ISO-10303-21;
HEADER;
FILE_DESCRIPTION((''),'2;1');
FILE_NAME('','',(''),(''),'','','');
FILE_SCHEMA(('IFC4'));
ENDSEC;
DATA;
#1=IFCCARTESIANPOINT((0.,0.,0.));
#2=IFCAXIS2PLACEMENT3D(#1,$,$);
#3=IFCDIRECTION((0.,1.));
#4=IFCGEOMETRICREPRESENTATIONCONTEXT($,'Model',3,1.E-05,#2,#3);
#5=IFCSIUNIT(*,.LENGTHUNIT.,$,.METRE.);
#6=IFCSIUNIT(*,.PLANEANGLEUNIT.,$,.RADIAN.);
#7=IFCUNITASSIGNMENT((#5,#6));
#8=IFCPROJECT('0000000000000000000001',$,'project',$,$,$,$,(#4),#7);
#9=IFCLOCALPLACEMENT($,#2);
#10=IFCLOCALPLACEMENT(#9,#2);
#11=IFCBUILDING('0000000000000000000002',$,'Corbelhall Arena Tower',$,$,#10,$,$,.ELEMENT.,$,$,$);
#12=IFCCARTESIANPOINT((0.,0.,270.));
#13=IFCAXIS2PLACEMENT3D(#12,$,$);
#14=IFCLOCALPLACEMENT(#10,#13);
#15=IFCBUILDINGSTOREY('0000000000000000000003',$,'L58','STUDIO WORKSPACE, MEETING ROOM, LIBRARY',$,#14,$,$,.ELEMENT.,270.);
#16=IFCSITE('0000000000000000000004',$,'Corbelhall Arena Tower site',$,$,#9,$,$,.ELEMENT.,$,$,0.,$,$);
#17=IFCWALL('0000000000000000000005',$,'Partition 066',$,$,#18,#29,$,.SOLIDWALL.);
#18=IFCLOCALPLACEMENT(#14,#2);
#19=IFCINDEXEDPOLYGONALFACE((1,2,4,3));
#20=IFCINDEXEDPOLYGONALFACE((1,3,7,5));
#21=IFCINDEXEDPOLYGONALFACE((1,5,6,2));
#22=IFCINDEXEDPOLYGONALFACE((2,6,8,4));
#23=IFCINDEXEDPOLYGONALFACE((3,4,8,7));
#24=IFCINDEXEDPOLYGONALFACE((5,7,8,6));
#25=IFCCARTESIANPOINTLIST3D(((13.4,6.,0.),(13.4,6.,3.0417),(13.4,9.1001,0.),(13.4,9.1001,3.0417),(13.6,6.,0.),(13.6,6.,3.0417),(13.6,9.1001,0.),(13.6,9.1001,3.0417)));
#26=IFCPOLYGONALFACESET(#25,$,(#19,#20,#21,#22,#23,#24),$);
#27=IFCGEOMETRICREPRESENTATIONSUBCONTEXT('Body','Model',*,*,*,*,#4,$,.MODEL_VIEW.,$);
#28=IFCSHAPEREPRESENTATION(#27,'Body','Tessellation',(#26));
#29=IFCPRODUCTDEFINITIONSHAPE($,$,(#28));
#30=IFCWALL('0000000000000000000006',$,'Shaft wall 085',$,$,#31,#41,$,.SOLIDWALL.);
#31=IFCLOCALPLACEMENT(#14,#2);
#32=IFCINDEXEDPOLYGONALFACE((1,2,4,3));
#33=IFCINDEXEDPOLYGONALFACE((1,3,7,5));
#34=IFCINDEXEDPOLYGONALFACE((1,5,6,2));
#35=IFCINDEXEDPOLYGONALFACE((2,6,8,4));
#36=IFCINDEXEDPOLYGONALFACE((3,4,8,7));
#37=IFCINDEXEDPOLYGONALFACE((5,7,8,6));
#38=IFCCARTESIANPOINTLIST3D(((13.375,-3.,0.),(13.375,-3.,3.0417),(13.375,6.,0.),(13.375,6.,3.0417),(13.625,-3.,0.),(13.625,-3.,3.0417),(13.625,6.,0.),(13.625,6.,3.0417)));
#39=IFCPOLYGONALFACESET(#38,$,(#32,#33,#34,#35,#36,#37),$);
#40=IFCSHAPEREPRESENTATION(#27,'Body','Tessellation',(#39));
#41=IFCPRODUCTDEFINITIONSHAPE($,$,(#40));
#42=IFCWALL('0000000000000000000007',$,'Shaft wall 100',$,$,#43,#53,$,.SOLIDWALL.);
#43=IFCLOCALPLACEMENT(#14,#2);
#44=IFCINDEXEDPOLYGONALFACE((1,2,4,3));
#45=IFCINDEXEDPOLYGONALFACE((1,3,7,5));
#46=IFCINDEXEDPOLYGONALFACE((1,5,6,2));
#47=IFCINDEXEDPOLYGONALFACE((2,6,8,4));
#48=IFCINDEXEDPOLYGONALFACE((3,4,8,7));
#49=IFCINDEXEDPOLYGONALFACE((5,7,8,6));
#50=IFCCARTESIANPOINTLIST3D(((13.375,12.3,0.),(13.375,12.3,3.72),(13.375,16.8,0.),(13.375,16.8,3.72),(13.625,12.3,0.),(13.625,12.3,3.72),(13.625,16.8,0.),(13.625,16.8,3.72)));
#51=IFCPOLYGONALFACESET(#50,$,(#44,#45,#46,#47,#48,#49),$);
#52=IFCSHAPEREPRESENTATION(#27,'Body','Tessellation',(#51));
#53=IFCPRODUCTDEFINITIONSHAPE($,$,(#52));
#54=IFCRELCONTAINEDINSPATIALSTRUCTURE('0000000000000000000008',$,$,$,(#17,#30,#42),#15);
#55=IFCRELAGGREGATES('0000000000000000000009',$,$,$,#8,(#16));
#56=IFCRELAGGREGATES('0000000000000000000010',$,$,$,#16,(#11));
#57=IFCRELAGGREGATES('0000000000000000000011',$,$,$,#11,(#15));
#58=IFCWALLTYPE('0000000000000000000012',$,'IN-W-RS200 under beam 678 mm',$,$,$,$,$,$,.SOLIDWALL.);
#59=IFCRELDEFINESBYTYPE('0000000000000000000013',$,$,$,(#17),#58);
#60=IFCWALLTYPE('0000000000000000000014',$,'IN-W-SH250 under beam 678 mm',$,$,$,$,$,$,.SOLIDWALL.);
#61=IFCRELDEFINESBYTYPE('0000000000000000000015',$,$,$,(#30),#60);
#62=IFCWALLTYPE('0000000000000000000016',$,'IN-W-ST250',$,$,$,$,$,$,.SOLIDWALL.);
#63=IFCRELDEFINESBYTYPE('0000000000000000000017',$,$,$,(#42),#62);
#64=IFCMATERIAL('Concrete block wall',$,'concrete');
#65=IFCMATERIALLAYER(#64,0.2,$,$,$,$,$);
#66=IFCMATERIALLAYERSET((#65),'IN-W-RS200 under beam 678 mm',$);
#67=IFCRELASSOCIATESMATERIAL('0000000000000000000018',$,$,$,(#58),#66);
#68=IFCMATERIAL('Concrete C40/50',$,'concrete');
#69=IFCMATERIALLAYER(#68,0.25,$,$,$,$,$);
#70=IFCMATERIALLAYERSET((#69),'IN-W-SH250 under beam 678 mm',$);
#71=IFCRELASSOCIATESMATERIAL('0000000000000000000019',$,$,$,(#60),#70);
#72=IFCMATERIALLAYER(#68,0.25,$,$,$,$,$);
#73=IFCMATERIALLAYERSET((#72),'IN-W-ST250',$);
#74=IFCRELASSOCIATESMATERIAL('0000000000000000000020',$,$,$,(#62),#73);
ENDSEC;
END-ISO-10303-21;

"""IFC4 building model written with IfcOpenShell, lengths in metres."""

from ifc_helpers import new_model, si_unit, direction, frame, frame_2d, origin, place, context, subcontext, project, spatial, rectangle, extrude, material, layer, layer_set, type_object, element, save


model = new_model("IFC4")

# Units and contexts
model_context = context("Model", 3, precision=1e-05, world=origin(), true_north=direction((0.0, 1.0)))
body_context = subcontext(model_context, "Body", "Model", "MODEL_VIEW")
ifc_project = project(units=[si_unit("LENGTHUNIT", "METRE"), si_unit("PLANEANGLEUNIT", "RADIAN")], contexts=[model_context])

# Site, building, storey
site_placement = place(None, origin())
site = spatial("IfcSite", under=ifc_project, at=site_placement, Name="Corbelhall Arena Tower site", CompositionType="ELEMENT", RefElevation=0.0)
building_placement = place(site_placement, origin())
building = spatial("IfcBuilding", under=site, at=building_placement, Name="Corbelhall Arena Tower", CompositionType="ELEMENT")
storey_placement = place(building_placement, frame((0.0, 0.0, 270.0)))
storey = spatial("IfcBuildingStorey", under=building, at=storey_placement, Name="L58", Description="STUDIO WORKSPACE, MEETING ROOM, LIBRARY", CompositionType="ELEMENT", Elevation=270.0)

# Walls
ifc_material_1 = material(Name="Concrete block wall", Category="concrete")
ifc_layer_1 = layer(ifc_material_1, 0.2)
ifc_layer_set_1 = layer_set([ifc_layer_1], Name="IN-W-RS200 under beam 678 mm")
wall_type_1 = type_object("IfcWallType", Name="IN-W-RS200 under beam 678 mm", PredefinedType="SOLIDWALL", material=ifc_layer_set_1)
wall_1_placement = place(storey_placement, frame((13.5, 9.1001, 0.0), z_axis=(0.0, 0.0, 1.0), x_axis=(0.0, -1.0, 0.0)))
element("IfcWall", 1, at=wall_1_placement, inside=storey, type_object=wall_type_1, Name="Partition 066", PredefinedType="SOLIDWALL", context=body_context, shape_type="SweptSolid", body=[
    extrude(rectangle(XDim=3.1001, YDim=0.2, at=frame_2d((1.55, 0.0))), origin(), (0.0, 0.0, 1.0), 3.0417),
])
ifc_material_2 = material(Name="Concrete C40/50", Category="concrete")
ifc_layer_2 = layer(ifc_material_2, 0.25)
ifc_layer_set_2 = layer_set([ifc_layer_2], Name="IN-W-SH250 under beam 678 mm")
wall_type_2 = type_object("IfcWallType", Name="IN-W-SH250 under beam 678 mm", PredefinedType="SOLIDWALL", material=ifc_layer_set_2)
wall_2_placement = place(storey_placement, frame((13.5, 6.0, 0.0), z_axis=(0.0, 0.0, 1.0), x_axis=(0.0, -1.0, 0.0)))
element("IfcWall", 2, at=wall_2_placement, inside=storey, type_object=wall_type_2, Name="Shaft wall 085", PredefinedType="SOLIDWALL", context=body_context, shape_type="SweptSolid", body=[
    extrude(rectangle(XDim=9.0, YDim=0.25, at=frame_2d((4.5, 0.0))), origin(), (0.0, 0.0, 1.0), 3.0417),
])
ifc_layer_3 = layer(ifc_material_2, 0.25)
ifc_layer_set_3 = layer_set([ifc_layer_3], Name="IN-W-ST250")
wall_type_3 = type_object("IfcWallType", Name="IN-W-ST250", PredefinedType="SOLIDWALL", material=ifc_layer_set_3)
wall_3_placement = place(storey_placement, frame((13.5, 16.8, 0.0), z_axis=(0.0, 0.0, 1.0), x_axis=(0.0, -1.0, 0.0)))
element("IfcWall", 3, at=wall_3_placement, inside=storey, type_object=wall_type_3, Name="Shaft wall 100", PredefinedType="SOLIDWALL", context=body_context, shape_type="SweptSolid", body=[
    extrude(rectangle(XDim=4.5, YDim=0.25, at=frame_2d((2.25, 0.0))), origin(), (0.0, 0.0, 1.0), 3.72),
])

save(model, "model.ifc")
